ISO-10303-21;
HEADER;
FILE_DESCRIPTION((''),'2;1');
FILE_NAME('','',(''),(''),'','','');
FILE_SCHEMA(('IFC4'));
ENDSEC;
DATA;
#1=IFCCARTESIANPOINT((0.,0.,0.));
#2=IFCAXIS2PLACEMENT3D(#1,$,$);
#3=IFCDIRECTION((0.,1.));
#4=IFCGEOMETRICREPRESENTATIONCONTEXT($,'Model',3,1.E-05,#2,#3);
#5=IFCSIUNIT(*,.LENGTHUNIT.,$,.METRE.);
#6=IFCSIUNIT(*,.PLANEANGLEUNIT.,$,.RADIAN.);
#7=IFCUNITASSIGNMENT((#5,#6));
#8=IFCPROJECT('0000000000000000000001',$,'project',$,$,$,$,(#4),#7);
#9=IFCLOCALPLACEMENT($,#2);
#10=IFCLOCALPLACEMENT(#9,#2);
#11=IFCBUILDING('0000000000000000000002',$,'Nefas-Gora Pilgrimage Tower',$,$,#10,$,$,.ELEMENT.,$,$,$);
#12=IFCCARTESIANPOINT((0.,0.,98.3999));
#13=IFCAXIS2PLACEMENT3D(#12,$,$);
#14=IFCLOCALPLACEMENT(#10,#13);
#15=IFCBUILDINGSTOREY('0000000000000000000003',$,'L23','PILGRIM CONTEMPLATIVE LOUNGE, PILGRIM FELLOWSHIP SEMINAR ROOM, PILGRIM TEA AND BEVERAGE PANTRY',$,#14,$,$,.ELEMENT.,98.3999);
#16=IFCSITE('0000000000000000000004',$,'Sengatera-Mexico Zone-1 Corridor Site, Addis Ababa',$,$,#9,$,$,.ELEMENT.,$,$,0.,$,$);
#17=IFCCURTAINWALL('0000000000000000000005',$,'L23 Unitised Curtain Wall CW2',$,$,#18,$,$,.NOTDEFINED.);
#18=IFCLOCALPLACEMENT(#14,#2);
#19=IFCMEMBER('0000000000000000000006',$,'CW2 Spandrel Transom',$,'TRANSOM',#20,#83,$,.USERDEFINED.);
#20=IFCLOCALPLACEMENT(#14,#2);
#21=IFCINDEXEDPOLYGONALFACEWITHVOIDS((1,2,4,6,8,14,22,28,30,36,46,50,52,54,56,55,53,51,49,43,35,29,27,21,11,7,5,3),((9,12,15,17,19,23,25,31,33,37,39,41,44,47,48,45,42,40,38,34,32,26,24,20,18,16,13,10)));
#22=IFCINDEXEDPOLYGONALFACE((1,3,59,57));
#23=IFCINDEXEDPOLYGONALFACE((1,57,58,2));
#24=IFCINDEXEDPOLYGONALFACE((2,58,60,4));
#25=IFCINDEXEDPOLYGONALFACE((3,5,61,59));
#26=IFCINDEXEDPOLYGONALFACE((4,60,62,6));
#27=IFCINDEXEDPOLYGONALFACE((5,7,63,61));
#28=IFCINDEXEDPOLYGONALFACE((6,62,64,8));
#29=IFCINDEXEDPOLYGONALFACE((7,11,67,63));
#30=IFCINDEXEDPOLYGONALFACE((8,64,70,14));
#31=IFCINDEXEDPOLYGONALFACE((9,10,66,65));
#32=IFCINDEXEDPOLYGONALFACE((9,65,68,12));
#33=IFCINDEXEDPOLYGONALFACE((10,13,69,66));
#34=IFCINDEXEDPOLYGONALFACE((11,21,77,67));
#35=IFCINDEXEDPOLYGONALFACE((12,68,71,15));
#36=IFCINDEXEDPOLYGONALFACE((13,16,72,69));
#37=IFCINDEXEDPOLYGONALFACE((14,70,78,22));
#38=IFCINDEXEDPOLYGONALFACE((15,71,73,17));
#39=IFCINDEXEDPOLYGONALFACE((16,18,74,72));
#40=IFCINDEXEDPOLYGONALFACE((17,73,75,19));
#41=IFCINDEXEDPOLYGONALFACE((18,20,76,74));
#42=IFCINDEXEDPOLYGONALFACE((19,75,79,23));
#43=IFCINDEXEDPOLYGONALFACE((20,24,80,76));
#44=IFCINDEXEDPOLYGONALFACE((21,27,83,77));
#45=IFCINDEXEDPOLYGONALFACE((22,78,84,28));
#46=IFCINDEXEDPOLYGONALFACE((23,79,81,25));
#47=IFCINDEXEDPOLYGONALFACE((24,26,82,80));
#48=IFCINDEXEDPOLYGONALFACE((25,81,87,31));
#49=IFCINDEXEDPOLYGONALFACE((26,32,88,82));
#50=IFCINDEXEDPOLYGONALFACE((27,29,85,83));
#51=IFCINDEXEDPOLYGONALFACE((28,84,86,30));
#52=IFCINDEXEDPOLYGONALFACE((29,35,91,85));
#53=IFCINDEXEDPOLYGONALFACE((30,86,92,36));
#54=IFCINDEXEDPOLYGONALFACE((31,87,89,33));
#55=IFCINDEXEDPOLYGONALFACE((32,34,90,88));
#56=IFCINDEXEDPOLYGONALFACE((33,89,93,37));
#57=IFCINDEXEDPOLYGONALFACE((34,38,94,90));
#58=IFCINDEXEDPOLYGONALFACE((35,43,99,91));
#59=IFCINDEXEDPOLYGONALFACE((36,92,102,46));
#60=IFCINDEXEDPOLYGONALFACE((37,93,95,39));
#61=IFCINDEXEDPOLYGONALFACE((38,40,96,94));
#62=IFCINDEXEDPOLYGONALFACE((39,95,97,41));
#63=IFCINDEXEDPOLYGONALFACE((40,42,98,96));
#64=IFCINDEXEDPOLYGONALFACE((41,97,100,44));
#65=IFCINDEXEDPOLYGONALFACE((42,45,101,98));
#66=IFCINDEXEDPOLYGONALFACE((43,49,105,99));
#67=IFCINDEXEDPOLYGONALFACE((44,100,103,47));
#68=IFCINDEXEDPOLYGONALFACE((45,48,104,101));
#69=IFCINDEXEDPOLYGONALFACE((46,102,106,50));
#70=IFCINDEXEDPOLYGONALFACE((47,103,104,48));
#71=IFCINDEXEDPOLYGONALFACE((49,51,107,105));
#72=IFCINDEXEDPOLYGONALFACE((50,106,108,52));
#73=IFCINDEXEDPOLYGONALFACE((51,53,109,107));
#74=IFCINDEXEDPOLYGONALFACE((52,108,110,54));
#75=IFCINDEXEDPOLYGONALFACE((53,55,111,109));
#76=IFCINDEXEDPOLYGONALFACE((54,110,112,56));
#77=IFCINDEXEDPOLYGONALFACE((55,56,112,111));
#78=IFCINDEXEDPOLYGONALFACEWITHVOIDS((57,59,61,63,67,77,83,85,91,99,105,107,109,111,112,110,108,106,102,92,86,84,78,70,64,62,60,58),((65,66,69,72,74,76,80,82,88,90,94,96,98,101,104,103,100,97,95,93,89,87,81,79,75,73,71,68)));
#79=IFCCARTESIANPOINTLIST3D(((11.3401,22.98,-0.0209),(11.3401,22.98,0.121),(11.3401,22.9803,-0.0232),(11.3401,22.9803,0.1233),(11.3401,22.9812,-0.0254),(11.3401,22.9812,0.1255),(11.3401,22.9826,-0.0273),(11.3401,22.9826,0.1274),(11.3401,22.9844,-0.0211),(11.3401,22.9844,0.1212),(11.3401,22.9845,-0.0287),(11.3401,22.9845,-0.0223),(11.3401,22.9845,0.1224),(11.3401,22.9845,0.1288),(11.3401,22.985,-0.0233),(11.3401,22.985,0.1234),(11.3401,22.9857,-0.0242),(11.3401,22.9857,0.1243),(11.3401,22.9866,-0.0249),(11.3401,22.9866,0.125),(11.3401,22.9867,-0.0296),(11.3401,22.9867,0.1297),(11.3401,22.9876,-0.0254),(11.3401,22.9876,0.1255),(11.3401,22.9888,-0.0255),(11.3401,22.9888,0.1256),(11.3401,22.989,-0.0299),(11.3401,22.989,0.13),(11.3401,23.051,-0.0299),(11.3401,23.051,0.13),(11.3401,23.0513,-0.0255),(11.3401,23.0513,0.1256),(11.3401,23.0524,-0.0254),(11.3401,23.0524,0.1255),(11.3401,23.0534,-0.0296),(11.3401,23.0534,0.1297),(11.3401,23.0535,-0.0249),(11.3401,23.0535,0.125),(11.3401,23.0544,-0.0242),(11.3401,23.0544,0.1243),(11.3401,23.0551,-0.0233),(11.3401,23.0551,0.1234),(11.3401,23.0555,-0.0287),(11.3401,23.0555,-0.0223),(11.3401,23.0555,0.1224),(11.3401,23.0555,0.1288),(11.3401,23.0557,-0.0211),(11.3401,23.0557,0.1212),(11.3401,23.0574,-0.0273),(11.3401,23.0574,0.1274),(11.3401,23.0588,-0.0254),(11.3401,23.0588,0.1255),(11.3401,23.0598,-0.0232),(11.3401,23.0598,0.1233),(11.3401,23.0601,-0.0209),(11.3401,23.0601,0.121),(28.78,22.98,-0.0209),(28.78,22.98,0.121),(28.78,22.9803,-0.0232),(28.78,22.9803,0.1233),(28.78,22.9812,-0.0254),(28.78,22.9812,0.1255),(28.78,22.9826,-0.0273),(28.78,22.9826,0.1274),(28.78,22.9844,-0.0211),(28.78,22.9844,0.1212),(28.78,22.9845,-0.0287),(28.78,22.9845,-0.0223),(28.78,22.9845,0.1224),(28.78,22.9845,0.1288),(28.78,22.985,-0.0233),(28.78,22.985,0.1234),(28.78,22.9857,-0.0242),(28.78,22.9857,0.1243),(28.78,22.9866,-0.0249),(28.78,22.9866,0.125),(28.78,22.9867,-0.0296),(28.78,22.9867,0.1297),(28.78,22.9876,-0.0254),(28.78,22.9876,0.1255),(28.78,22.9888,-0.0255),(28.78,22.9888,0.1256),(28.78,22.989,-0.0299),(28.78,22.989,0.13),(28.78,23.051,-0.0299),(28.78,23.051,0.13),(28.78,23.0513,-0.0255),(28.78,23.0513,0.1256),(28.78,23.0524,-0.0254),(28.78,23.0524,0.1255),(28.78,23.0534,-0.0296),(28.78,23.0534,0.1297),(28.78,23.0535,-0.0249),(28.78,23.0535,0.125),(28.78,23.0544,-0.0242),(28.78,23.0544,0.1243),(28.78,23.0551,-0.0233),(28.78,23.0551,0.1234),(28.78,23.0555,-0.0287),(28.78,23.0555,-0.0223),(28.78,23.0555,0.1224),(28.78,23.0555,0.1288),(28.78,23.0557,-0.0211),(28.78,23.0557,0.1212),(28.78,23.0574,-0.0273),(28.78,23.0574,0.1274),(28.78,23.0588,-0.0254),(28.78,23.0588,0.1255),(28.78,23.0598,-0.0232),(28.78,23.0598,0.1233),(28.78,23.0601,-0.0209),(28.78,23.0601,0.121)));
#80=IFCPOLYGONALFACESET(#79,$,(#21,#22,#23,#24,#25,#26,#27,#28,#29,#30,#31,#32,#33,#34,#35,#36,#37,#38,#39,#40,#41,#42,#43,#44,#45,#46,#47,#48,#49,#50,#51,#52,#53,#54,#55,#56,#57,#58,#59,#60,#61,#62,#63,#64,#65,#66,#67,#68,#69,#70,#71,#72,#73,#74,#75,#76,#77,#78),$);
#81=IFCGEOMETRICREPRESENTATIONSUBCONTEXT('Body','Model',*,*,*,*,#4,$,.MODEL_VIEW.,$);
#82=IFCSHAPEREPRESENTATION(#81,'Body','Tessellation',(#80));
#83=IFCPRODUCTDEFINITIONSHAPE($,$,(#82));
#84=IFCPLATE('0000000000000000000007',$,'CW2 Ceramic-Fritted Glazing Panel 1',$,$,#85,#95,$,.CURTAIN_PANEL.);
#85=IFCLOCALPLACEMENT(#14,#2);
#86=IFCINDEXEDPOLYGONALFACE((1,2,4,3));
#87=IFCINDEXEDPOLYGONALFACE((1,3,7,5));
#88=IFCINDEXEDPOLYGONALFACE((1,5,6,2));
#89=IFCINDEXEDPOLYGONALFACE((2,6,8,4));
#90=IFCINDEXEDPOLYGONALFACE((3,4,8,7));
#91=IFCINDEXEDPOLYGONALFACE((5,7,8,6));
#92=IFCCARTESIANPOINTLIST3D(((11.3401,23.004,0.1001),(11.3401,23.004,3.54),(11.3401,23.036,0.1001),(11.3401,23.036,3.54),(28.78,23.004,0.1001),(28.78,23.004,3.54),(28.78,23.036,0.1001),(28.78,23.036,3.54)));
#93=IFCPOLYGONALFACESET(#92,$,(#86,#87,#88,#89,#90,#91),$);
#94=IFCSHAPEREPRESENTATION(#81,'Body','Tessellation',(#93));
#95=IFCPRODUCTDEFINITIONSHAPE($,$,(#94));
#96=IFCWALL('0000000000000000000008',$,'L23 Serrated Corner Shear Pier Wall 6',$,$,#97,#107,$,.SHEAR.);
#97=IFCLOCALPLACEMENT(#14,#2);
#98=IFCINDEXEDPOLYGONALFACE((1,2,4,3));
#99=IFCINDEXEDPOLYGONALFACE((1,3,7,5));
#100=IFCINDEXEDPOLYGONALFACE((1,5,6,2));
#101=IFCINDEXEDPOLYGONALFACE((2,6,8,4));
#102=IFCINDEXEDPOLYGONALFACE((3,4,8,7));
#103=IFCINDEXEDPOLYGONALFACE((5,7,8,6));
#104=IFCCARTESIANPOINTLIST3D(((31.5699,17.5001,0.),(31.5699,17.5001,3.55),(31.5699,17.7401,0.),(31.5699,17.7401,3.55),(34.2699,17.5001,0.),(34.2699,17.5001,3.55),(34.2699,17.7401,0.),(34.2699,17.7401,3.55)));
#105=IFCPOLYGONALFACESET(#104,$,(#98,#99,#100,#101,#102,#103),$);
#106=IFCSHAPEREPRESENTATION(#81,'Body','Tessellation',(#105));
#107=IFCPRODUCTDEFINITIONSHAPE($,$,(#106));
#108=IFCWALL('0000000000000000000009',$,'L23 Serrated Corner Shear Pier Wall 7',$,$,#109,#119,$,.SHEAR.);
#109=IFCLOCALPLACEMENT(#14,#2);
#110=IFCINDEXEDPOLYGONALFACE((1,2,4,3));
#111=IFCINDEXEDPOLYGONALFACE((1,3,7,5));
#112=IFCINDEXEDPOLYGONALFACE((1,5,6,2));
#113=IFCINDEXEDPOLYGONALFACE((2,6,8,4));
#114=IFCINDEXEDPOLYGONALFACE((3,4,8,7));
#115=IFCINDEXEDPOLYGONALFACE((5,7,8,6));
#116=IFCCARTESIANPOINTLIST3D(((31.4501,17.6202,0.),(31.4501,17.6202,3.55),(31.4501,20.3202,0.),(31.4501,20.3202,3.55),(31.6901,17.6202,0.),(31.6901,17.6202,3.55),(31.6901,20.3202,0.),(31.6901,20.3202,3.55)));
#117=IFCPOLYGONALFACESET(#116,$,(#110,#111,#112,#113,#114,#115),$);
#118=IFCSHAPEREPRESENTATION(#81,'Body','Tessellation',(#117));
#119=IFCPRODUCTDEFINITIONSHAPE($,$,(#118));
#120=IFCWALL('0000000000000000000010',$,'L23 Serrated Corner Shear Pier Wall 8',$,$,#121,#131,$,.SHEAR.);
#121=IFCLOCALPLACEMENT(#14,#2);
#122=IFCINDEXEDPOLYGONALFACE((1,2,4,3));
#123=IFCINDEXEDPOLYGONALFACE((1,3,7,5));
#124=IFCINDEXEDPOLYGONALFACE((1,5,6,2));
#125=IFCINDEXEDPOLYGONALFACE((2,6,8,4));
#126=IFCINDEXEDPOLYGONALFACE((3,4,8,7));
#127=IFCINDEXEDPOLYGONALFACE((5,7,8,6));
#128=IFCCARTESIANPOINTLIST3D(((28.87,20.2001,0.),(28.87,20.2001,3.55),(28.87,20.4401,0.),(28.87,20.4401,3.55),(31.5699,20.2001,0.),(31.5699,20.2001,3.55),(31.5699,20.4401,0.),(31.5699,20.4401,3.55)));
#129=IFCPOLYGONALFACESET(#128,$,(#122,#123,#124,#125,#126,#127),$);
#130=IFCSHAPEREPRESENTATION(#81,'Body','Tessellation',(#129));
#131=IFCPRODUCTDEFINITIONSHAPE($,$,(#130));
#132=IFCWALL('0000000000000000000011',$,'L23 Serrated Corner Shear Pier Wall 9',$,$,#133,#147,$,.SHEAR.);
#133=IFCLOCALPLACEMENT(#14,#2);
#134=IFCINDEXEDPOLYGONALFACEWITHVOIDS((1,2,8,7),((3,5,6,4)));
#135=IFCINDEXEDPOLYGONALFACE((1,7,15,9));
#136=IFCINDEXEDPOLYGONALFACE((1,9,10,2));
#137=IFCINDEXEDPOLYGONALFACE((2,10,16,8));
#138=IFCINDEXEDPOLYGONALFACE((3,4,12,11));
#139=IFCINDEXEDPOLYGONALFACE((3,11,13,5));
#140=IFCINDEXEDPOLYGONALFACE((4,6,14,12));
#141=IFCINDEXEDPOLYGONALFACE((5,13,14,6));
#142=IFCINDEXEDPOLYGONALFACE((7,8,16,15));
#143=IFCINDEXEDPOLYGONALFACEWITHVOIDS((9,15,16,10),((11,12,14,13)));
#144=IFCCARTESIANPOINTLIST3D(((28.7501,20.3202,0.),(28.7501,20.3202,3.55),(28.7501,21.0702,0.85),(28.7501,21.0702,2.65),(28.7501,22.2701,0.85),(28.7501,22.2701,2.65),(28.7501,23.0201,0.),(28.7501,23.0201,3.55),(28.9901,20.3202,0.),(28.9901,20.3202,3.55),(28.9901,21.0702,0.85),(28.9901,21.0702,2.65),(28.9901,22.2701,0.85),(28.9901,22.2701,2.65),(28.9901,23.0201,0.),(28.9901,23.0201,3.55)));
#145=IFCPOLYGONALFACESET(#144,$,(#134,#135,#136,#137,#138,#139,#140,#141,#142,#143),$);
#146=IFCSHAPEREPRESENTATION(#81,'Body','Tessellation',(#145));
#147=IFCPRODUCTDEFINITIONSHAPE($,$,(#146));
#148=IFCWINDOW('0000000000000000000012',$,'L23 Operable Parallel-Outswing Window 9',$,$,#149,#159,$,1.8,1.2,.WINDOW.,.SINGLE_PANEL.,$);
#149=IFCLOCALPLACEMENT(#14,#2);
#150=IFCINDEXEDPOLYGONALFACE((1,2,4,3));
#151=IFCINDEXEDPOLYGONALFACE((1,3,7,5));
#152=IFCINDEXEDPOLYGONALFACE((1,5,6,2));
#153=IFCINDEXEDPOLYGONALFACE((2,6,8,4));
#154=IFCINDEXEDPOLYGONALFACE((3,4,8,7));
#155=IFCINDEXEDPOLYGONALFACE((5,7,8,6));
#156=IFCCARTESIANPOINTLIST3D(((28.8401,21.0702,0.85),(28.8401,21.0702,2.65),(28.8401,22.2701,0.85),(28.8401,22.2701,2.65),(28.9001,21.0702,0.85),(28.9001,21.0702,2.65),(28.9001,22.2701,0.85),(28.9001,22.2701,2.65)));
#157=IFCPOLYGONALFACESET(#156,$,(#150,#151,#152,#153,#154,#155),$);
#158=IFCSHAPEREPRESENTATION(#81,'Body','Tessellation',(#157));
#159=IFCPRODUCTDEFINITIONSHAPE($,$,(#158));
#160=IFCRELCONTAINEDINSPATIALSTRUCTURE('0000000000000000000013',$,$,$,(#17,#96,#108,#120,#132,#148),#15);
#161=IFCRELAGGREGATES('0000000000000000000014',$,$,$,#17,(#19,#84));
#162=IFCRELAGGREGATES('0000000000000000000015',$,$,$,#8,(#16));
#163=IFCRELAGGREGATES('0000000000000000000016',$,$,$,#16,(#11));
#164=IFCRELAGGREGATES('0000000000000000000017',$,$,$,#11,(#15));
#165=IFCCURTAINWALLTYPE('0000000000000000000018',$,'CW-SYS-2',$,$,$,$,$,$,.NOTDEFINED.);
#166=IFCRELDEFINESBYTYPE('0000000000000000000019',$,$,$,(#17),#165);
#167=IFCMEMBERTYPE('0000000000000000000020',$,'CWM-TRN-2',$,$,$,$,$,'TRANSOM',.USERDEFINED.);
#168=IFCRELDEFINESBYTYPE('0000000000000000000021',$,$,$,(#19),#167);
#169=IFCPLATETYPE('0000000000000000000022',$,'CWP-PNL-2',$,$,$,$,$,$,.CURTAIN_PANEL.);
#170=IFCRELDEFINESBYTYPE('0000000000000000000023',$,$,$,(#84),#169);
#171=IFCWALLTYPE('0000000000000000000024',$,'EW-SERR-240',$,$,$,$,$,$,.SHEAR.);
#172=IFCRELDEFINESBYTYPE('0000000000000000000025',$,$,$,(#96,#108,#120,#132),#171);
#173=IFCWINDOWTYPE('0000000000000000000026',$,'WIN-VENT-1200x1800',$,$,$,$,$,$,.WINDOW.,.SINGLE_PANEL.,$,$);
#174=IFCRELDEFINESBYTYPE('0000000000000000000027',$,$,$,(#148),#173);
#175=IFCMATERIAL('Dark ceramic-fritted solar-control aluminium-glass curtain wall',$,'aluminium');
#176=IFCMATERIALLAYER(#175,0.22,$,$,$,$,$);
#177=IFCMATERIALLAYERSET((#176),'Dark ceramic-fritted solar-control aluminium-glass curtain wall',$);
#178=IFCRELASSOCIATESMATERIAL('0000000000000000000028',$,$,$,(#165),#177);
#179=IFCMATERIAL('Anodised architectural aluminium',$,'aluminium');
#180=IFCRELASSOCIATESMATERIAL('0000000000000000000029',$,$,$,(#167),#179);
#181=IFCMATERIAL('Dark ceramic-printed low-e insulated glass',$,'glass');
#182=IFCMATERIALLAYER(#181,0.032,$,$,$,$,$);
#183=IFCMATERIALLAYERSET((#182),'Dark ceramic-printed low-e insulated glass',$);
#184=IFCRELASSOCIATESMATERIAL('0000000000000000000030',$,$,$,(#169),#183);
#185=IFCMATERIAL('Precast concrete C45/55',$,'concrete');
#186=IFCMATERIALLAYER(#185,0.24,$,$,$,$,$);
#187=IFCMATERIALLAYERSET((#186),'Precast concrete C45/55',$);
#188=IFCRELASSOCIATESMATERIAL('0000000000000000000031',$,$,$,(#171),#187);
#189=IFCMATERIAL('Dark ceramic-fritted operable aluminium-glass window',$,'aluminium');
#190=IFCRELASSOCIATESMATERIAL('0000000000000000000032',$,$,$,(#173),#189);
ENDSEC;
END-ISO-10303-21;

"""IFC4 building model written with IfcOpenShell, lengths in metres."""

from ifc_helpers import new_model, si_unit, direction, frame, frame_2d, origin, origin_2d, place, context, subcontext, project, spatial, rectangle, hollow_rectangle, extrude, source, transform, mapped, material, layer, layer_set, material_profile, profile_set, type_object, element, fill, aggregate, save


model = new_model("IFC4")

# Units and contexts
model_context = context("Model", 3, precision=1e-05, world=origin(), true_north=direction((0.0, 1.0)))
body_context = subcontext(model_context, "Body", "Model", "MODEL_VIEW")
ifc_project = project(units=[si_unit("LENGTHUNIT", "METRE"), si_unit("PLANEANGLEUNIT", "RADIAN")], contexts=[model_context])

# Site, building, storey
site_placement = place(None, origin())
site = spatial("IfcSite", under=ifc_project, at=site_placement, Name="Sengatera-Mexico Zone-1 Corridor Site, Addis Ababa", CompositionType="ELEMENT", RefElevation=0.0)
building_placement = place(site_placement, origin())
building = spatial("IfcBuilding", under=site, at=building_placement, Name="Nefas-Gora Pilgrimage Tower", CompositionType="ELEMENT")
storey_placement = place(building_placement, frame((0.0, 0.0, 98.3999)))
storey = spatial("IfcBuildingStorey", under=building, at=storey_placement, Name="L23", Description="PILGRIM CONTEMPLATIVE LOUNGE, PILGRIM FELLOWSHIP SEMINAR ROOM, PILGRIM TEA AND BEVERAGE PANTRY", CompositionType="ELEMENT", Elevation=98.3999)

# Shared definitions
ifc_material_1 = material(Name="Dark ceramic-fritted solar-control aluminium-glass curtain wall", Category="aluminium")
ifc_layer_1 = layer(ifc_material_1, 0.22)
ifc_layer_set_1 = layer_set([ifc_layer_1], Name="Dark ceramic-fritted solar-control aluminium-glass curtain wall")
curtain_wall_type = type_object("IfcCurtainWallType", Name="CW-SYS-2", PredefinedType="NOTDEFINED", material=ifc_layer_set_1)
ifc_material_2 = material(Name="Anodised architectural aluminium", Category="aluminium")

# Curtain wall, member, plate
curtain_wall_1_placement = place(storey_placement, origin())
curtain_wall_1 = element("IfcCurtainWall", 1, at=curtain_wall_1_placement, inside=storey, type_object=curtain_wall_type, Name="L23 Unitised Curtain Wall CW2", PredefinedType="NOTDEFINED")
ifc_material_profile_1 = material_profile(ifc_material_2, hollow_rectangle(XDim=0.0801, YDim=0.1599, WallThickness=0.0044, InnerFilletRadius=0.0044, OuterFilletRadius=0.009, at=origin_2d()), Name="ALU TRANSOM 80x160")
ifc_profile_set_1 = profile_set([ifc_material_profile_1], Name="Anodised architectural aluminium")
member_type_1 = type_object("IfcMemberType", Name="CWM-TRN-2", ElementType="TRANSOM", PredefinedType="USERDEFINED", material=ifc_profile_set_1)
shared_shape_1 = source(origin(), body_context, "Body", "SweptSolid", [
    extrude(hollow_rectangle(XDim=0.0801, YDim=0.1599, WallThickness=0.0044, InnerFilletRadius=0.0044, OuterFilletRadius=0.009, at=origin_2d()), origin(), (0.0, 0.0, 1.0), 17.4399),
])
member_1_placement = place(storey_placement, frame((28.78, 23.02, 0.05), z_axis=(-1.0, 0.0, 0.0), x_axis=(0.0, -1.0, 0.0)))
member_1 = element("IfcMember", 2, at=member_1_placement, type_object=member_type_1, Name="CW2 Spandrel Transom", ObjectType="TRANSOM", PredefinedType="USERDEFINED", context=body_context, shape_type="MappedRepresentation", body=[
    mapped(shared_shape_1, transform((0.0, 0.0, 0.0), x_axis=(1.0, 0.0, 0.0), y_axis=(0.0, 1.0, 0.0), z_axis=(0.0, 0.0, 1.0), scale=1.0)),
])
ifc_material_3 = material(Name="Dark ceramic-printed low-e insulated glass", Category="glass")
ifc_layer_2 = layer(ifc_material_3, 0.032)
ifc_layer_set_2 = layer_set([ifc_layer_2], Name="Dark ceramic-printed low-e insulated glass")
plate_type = type_object("IfcPlateType", Name="CWP-PNL-2", PredefinedType="CURTAIN_PANEL", material=ifc_layer_set_2)
shared_shape_2 = source(origin(), body_context, "Body", "SweptSolid", [
    extrude(rectangle(XDim=17.4399, YDim=0.032, at=origin_2d()), origin(), (0.0, 0.0, 1.0), 3.4399),
])
plate_placement = place(storey_placement, frame((20.0601, 23.02, 0.1001), z_axis=(0.0, 0.0, 1.0), x_axis=(-1.0, 0.0, 0.0)))
plate = element("IfcPlate", 3, at=plate_placement, type_object=plate_type, Name="CW2 Ceramic-Fritted Glazing Panel 1", PredefinedType="CURTAIN_PANEL", context=body_context, shape_type="MappedRepresentation", body=[
    mapped(shared_shape_2, transform((0.0, 0.0, 0.0), x_axis=(1.0, 0.0, 0.0), y_axis=(0.0, 1.0, 0.0), z_axis=(0.0, 0.0, 1.0), scale=1.0)),
])
aggregate(curtain_wall_1, [member_1, plate])

# Walls
ifc_material_4 = material(Name="Precast concrete C45/55", Category="concrete")
ifc_layer_3 = layer(ifc_material_4, 0.24)
ifc_layer_set_3 = layer_set([ifc_layer_3], Name="Precast concrete C45/55")
wall_type = type_object("IfcWallType", Name="EW-SERR-240", PredefinedType="SHEAR", material=ifc_layer_set_3)
shared_shape_3 = source(origin(), body_context, "Body", "SweptSolid", [
    extrude(rectangle(XDim=2.7, YDim=0.24, at=frame_2d((1.3501, 0.0))), origin(), (0.0, 0.0, 1.0), 3.55),
])
for number, where, z_axis, x_axis, name in (
    (4, (34.27, 17.6201, 0.0), (0.0, 0.0, 1.0), (-1.0, 0.0, 0.0), "L23 Serrated Corner Shear Pier Wall 6"),
    (5, (31.5701, 17.6201, 0.0), (0.0, 0.0, 1.0), (0.0, 1.0, 0.0), "L23 Serrated Corner Shear Pier Wall 7"),
    (6, (31.5701, 20.3201, 0.0), (0.0, 0.0, 1.0), (-1.0, 0.0, 0.0), "L23 Serrated Corner Shear Pier Wall 8"),
):
    element("IfcWall", number, at=place(storey_placement, frame(where, z_axis=z_axis, x_axis=x_axis)), inside=storey, type_object=wall_type, Name=name, PredefinedType="SHEAR", context=body_context, shape_type="MappedRepresentation", body=[
        mapped(shared_shape_3, transform((0.0, 0.0, 0.0), x_axis=(1.0, 0.0, 0.0), y_axis=(0.0, 1.0, 0.0), z_axis=(0.0, 0.0, 1.0), scale=1.0)),
    ])

# Wall, opening, window
wall_placement = place(storey_placement, frame((28.8701, 20.3201, 0.0), z_axis=(0.0, 0.0, 1.0), x_axis=(0.0, 1.0, 0.0)))
wall = element("IfcWall", 7, at=wall_placement, inside=storey, type_object=wall_type, Name="L23 Serrated Corner Shear Pier Wall 9", PredefinedType="SHEAR", context=body_context, shape_type="MappedRepresentation", body=[
    mapped(shared_shape_3, transform((0.0, 0.0, 0.0), x_axis=(1.0, 0.0, 0.0), y_axis=(0.0, 1.0, 0.0), z_axis=(0.0, 0.0, 1.0), scale=1.0)),
])
opening_placement = place(wall_placement, frame((0.75, 0.0, 0.8501)))
opening = element("IfcOpeningElement", 8, at=opening_placement, cuts=wall, PredefinedType="OPENING", context=body_context, shape_type="SweptSolid", body=[
    extrude(rectangle(XDim=1.2, YDim=1.8, at=frame_2d((0.6001, 0.8999))), frame((0.0, 0.1299, 0.0), z_axis=(0.0, -1.0, 0.0), x_axis=(1.0, 0.0, 0.0)), (0.0, 0.0, 1.0), 0.26),
])
ifc_material_5 = material(Name="Dark ceramic-fritted operable aluminium-glass window", Category="aluminium")
window_type = type_object("IfcWindowType", Name="WIN-VENT-1200x1800", PartitioningType="SINGLE_PANEL", PredefinedType="WINDOW", material=ifc_material_5)
shared_shape_4 = source(origin(), body_context, "Body", "SweptSolid", [
    extrude(rectangle(XDim=1.2, YDim=1.8, at=frame_2d((0.6001, 0.8999))), frame((0.0, 0.03, 0.0), z_axis=(0.0, -1.0, 0.0), x_axis=(1.0, 0.0, 0.0)), (0.0, 0.0, 1.0), 0.0601),
])
window_placement = place(opening_placement, origin())
window = element("IfcWindow", 9, at=window_placement, inside=storey, type_object=window_type, Name="L23 Operable Parallel-Outswing Window 9", OverallHeight=1.8, OverallWidth=1.2, PartitioningType="SINGLE_PANEL", PredefinedType="WINDOW", context=body_context, shape_type="MappedRepresentation", body=[
    mapped(shared_shape_4, transform((0.0, 0.0, 0.0), x_axis=(1.0, 0.0, 0.0), y_axis=(0.0, 1.0, 0.0), z_axis=(0.0, 0.0, 1.0), scale=1.0)),
])
fill(opening, window)

save(model, "model.ifc")
